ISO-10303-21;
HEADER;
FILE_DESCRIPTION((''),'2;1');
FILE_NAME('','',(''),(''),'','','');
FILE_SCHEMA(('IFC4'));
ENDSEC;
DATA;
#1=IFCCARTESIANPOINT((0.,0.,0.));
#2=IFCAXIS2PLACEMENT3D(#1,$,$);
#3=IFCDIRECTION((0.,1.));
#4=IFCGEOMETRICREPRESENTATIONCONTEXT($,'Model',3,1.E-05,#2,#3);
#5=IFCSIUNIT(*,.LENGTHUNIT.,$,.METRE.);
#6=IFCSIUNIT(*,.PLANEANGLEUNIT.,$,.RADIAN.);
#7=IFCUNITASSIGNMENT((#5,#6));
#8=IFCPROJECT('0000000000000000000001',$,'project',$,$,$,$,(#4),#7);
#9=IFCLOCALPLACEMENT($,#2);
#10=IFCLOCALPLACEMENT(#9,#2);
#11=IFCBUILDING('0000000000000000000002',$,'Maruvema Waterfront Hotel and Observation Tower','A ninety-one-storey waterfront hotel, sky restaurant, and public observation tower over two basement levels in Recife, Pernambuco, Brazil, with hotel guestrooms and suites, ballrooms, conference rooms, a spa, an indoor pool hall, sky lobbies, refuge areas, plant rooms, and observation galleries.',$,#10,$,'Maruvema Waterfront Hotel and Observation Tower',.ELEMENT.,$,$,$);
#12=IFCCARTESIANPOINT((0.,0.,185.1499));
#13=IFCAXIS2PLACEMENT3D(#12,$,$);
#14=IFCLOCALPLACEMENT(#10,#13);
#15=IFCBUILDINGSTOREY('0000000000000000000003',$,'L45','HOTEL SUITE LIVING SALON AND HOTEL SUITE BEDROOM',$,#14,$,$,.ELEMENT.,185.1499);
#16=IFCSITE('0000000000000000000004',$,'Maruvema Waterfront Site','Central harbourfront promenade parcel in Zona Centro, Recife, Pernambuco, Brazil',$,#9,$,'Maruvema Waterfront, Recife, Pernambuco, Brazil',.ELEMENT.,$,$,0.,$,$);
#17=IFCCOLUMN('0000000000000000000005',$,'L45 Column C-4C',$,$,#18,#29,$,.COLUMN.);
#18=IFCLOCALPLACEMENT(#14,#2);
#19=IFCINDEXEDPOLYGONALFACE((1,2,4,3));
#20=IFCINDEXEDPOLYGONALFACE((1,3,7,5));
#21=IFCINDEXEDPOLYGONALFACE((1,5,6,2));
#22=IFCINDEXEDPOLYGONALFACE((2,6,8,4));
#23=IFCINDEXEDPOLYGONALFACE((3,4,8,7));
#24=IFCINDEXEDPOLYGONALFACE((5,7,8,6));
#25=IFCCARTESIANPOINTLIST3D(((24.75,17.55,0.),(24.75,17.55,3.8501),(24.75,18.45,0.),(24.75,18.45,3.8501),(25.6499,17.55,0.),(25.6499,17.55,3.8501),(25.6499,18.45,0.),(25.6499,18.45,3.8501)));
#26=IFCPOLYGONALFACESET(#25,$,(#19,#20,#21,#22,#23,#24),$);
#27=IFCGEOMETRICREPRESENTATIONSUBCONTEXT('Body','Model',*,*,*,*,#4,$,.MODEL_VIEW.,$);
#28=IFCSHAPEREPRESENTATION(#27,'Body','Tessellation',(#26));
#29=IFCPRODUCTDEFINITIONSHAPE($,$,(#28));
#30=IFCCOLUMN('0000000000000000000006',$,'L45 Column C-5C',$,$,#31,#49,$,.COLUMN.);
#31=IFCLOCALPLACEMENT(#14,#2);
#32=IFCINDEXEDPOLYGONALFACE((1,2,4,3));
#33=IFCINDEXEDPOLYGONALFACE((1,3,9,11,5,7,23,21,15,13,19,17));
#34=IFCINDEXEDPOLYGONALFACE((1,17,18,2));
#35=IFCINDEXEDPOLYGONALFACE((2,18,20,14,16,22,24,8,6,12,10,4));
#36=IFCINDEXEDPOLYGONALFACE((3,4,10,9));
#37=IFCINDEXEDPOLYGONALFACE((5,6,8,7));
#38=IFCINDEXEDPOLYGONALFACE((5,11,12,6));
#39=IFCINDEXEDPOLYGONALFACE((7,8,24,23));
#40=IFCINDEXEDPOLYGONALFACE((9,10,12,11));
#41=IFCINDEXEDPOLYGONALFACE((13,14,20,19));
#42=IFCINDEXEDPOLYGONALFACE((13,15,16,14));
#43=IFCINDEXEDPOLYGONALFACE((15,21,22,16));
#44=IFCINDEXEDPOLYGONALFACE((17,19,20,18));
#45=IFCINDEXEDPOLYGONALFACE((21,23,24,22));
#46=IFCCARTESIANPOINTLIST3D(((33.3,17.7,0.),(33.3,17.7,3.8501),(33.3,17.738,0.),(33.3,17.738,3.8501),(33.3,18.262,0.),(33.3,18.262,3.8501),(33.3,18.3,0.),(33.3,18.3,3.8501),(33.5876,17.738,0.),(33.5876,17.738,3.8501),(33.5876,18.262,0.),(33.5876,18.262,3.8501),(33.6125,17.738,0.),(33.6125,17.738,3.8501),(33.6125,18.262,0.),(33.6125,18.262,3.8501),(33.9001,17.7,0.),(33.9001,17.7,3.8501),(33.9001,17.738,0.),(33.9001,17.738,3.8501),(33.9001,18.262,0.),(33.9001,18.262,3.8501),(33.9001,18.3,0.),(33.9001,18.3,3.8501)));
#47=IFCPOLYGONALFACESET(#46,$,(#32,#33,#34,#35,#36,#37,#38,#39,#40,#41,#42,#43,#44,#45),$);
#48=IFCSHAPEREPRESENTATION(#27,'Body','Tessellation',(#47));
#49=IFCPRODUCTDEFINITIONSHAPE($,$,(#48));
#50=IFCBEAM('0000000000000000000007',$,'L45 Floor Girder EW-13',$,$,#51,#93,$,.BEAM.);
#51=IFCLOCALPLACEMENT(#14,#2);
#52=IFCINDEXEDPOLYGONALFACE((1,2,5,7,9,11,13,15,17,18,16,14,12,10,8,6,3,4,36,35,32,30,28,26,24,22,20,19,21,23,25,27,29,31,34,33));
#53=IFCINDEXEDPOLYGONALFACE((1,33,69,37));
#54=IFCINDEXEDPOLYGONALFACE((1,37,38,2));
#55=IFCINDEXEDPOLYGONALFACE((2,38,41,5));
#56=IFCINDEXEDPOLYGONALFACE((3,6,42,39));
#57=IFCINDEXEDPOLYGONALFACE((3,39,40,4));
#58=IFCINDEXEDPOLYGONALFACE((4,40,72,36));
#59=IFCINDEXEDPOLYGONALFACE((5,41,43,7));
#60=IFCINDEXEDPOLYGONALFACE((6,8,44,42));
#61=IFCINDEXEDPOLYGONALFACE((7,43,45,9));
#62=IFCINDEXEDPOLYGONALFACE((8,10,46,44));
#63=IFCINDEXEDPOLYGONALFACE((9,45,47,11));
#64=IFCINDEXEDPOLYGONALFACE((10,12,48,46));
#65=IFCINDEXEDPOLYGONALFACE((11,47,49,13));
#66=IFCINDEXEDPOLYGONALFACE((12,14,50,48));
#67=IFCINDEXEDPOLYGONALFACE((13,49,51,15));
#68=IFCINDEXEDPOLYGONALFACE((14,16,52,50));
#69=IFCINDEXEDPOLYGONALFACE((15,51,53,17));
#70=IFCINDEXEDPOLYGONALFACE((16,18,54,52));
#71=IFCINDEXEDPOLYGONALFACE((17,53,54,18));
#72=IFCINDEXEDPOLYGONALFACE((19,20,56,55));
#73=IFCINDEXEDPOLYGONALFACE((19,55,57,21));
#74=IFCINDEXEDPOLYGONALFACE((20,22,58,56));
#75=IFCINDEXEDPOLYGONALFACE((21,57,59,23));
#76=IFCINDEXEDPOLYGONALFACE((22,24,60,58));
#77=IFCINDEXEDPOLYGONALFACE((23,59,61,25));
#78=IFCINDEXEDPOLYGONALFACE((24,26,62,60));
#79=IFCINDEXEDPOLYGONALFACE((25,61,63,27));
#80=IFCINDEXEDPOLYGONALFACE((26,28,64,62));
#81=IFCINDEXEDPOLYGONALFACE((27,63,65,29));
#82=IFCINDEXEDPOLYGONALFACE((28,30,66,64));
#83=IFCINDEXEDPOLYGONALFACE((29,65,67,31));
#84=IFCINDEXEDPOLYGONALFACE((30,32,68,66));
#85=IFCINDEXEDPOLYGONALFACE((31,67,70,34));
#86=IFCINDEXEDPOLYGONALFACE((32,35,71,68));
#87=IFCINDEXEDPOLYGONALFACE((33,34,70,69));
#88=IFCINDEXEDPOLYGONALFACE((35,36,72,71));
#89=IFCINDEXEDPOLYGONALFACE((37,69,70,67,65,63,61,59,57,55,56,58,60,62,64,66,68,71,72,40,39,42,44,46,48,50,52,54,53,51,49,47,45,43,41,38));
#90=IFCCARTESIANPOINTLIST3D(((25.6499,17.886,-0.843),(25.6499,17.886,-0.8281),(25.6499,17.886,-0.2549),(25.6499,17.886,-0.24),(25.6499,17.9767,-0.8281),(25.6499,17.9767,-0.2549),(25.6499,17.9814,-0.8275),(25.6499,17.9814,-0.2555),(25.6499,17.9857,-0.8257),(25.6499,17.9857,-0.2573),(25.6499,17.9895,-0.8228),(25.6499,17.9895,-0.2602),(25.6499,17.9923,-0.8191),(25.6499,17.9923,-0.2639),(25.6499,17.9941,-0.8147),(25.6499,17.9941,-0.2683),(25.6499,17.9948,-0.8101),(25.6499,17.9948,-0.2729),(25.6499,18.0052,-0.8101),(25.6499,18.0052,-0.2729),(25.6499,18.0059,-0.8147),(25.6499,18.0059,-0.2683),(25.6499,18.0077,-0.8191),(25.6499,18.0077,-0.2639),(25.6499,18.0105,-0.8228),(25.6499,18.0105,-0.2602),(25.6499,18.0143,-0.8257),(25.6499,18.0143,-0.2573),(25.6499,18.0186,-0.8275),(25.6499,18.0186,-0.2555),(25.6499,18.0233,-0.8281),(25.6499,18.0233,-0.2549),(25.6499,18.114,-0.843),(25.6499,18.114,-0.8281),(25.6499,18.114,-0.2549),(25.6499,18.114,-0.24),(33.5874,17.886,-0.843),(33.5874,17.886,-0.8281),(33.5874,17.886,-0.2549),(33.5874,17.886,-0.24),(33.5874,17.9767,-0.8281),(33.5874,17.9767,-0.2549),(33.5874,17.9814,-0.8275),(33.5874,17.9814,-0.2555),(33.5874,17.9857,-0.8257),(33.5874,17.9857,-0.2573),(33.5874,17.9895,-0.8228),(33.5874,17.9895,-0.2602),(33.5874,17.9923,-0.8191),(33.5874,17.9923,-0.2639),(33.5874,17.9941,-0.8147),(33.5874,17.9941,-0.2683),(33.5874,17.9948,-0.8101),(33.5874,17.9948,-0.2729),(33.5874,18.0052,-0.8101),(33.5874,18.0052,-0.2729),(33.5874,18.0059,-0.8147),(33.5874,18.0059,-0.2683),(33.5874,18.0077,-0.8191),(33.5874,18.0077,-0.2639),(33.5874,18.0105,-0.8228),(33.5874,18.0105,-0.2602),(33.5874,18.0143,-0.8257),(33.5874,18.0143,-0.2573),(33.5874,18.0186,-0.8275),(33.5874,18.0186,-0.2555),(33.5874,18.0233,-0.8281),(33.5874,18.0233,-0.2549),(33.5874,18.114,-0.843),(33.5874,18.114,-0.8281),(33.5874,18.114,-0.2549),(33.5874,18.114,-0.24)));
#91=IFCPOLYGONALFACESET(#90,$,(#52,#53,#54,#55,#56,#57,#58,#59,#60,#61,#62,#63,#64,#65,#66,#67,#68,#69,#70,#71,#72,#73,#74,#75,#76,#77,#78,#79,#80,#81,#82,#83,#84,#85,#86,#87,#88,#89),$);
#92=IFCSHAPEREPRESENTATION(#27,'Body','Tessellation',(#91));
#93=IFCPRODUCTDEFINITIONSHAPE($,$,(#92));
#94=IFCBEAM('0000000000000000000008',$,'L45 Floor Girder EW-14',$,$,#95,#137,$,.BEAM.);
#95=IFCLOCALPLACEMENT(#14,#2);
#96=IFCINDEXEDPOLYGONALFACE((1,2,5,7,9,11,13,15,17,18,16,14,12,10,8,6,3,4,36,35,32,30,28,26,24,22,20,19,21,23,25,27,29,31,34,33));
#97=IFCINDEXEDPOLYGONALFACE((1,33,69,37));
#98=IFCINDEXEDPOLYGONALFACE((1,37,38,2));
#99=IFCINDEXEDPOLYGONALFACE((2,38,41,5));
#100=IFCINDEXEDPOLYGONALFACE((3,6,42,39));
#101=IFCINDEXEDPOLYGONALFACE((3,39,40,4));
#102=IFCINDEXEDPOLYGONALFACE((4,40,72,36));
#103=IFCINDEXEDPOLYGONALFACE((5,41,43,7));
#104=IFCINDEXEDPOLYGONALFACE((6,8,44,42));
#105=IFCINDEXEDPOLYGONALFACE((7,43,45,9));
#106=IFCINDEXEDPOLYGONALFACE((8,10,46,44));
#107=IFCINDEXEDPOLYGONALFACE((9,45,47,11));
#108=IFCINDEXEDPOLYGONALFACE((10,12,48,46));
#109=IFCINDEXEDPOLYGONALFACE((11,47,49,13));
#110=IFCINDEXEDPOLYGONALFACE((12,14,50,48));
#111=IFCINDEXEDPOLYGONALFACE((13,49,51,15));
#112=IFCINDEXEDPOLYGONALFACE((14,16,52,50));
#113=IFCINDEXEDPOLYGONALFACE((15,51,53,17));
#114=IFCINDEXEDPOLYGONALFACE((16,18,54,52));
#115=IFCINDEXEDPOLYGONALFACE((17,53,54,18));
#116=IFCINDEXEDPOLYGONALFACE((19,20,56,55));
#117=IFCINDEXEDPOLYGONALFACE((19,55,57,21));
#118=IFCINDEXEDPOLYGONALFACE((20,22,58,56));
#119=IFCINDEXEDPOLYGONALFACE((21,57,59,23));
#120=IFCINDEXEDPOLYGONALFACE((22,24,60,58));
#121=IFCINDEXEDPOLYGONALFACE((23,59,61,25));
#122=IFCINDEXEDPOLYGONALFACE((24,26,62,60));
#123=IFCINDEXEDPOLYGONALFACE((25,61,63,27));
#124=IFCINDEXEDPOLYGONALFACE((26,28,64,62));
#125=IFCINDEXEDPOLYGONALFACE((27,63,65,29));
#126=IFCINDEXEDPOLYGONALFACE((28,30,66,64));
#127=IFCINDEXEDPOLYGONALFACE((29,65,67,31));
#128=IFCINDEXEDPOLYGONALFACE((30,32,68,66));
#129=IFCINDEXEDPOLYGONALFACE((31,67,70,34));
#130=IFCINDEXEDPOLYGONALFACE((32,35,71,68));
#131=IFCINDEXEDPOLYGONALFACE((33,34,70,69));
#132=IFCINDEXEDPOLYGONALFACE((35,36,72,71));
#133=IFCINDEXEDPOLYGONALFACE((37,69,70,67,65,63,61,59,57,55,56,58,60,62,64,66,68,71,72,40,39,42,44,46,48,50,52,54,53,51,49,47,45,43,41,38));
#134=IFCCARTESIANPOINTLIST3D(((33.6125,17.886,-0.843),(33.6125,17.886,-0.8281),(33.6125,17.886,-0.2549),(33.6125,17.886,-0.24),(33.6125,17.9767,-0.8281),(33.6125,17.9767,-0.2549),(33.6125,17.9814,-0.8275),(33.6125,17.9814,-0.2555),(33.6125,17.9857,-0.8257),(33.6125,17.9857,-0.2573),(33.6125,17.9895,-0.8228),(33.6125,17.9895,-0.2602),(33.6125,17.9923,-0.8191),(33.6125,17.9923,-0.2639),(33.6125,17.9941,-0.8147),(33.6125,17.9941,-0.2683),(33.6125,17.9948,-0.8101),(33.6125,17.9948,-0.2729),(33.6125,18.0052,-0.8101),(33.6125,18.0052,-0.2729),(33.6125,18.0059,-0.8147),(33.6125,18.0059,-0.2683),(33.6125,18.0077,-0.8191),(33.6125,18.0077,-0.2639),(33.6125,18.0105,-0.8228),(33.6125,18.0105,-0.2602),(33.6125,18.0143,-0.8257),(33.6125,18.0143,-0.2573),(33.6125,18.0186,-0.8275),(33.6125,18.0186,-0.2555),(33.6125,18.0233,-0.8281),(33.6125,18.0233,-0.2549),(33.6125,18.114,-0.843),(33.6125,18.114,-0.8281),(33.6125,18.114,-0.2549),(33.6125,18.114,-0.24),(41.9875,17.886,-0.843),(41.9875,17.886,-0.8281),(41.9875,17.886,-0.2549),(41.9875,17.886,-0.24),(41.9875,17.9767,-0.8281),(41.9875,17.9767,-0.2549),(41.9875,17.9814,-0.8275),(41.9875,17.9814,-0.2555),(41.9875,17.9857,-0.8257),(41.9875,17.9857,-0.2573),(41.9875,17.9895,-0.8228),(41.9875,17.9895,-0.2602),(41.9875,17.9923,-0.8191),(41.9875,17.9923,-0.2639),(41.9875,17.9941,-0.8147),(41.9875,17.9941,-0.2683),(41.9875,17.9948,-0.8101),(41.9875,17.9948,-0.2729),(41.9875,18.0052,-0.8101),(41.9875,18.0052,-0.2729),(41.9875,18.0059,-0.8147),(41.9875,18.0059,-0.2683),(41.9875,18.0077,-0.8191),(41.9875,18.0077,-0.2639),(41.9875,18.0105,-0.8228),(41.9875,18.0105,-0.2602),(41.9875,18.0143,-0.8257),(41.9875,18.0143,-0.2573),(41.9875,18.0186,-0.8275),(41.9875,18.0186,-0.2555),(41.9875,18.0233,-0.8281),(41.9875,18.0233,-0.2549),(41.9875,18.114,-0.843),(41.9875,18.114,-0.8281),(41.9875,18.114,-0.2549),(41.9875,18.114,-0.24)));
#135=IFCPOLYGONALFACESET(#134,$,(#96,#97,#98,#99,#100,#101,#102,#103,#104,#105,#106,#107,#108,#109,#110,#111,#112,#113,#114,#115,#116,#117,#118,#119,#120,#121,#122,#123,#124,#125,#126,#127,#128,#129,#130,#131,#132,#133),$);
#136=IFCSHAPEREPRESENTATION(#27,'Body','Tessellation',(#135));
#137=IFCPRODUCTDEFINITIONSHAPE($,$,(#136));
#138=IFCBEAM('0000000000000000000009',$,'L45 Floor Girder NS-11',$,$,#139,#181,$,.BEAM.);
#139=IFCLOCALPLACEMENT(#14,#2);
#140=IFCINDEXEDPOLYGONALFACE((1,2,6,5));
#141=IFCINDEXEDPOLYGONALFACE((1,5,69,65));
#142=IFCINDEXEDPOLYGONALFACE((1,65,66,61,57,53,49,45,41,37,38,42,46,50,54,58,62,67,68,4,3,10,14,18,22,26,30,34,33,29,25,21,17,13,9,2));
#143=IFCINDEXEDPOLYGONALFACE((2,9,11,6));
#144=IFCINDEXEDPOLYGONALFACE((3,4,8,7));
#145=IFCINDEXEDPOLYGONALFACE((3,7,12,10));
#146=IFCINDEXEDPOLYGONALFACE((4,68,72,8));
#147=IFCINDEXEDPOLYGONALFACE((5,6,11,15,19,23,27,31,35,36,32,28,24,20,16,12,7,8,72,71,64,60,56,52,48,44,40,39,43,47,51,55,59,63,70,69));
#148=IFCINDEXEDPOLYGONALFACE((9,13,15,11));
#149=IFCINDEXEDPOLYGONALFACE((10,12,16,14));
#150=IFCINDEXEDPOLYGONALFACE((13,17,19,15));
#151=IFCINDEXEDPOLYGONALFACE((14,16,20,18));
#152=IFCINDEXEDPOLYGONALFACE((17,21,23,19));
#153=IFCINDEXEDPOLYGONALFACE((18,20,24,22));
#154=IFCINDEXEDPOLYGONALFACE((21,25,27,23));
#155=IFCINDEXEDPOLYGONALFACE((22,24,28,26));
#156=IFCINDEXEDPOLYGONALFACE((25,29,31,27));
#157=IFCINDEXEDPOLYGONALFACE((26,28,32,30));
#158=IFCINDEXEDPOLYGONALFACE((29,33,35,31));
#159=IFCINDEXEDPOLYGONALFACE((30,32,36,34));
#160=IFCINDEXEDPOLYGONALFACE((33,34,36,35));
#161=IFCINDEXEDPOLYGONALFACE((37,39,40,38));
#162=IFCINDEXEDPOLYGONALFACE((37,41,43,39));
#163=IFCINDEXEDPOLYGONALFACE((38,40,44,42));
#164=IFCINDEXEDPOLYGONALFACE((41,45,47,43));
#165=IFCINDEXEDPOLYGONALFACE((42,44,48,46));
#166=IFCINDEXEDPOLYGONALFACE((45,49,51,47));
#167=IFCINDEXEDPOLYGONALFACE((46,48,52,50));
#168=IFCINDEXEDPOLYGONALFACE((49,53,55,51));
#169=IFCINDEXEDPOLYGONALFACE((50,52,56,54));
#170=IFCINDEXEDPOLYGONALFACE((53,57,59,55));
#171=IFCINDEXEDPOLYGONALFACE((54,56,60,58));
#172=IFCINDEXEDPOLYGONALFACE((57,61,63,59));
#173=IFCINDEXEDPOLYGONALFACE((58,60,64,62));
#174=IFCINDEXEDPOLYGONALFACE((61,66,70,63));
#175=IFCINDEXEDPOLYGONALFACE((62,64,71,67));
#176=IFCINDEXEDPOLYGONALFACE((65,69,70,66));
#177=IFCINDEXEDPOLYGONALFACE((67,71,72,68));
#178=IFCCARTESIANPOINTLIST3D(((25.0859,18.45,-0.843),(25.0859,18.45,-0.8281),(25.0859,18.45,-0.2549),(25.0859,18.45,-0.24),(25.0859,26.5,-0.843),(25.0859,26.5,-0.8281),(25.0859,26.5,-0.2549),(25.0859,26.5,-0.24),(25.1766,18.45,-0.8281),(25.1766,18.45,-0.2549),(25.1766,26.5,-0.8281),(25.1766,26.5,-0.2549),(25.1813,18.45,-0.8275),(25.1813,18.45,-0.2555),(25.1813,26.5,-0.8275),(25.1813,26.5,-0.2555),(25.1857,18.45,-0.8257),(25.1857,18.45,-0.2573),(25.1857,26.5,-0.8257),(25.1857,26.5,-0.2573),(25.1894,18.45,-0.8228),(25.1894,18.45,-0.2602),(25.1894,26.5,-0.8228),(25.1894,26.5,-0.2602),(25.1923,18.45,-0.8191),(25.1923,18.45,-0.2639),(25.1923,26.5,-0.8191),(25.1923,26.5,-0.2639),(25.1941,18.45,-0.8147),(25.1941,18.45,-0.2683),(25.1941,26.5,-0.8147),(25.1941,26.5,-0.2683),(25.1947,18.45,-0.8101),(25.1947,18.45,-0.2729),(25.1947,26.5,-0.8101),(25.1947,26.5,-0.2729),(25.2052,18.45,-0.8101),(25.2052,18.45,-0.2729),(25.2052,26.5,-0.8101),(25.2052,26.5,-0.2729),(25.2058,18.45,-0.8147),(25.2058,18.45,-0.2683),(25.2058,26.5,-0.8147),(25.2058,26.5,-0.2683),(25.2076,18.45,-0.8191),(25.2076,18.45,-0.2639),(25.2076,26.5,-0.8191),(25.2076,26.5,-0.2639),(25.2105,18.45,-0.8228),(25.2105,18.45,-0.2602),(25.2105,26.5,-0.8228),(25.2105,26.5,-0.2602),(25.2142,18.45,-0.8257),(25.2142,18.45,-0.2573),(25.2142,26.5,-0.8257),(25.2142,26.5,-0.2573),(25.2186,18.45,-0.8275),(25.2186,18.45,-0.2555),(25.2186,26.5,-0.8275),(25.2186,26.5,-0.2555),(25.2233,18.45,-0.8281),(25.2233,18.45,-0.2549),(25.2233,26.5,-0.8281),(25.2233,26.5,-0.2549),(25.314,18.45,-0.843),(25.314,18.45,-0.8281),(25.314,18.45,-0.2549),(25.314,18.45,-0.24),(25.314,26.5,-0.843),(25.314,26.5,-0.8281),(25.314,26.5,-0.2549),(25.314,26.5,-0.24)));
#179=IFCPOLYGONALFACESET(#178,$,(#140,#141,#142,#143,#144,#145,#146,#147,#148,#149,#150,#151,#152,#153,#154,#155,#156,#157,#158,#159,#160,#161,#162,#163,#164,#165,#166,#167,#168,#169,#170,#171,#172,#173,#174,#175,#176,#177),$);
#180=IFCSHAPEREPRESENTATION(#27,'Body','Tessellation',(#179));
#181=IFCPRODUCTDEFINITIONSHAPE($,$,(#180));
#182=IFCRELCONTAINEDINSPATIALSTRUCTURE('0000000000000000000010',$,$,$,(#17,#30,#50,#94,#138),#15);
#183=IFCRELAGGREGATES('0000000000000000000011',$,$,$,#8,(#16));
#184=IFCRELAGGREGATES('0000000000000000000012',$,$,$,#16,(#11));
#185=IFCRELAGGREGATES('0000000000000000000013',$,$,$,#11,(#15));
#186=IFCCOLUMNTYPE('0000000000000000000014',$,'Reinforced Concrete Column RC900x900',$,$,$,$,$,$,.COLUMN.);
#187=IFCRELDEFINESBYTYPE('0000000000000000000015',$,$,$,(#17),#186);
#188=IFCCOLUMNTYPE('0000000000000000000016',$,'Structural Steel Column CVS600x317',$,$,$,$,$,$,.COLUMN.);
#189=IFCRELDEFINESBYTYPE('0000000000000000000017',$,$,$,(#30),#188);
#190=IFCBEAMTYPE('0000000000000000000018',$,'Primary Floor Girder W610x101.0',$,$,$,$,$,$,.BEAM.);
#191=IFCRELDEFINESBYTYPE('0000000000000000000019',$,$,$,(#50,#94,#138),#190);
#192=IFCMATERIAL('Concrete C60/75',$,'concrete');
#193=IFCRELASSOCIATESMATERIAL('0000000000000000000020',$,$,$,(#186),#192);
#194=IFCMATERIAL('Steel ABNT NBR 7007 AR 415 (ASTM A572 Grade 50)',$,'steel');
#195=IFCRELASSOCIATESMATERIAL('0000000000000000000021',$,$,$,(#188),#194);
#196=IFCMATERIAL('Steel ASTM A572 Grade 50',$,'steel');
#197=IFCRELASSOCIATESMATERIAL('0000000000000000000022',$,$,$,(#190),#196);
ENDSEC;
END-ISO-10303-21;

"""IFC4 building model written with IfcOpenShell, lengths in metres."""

from ifc_helpers import new_model, si_unit, direction, frame, origin, origin_2d, place, context, subcontext, project, spatial, rectangle, i_section, extrude, material, material_profile, profile_set, type_object, element, save


model = new_model("IFC4")

# Units and contexts
model_context = context("Model", 3, precision=1e-05, world=origin(), true_north=direction((0.0, 1.0)))
body_context = subcontext(model_context, "Body", "Model", "MODEL_VIEW")
ifc_project = project(units=[si_unit("LENGTHUNIT", "METRE"), si_unit("PLANEANGLEUNIT", "RADIAN")], contexts=[model_context])

# Site, building, storey
site_placement = place(None, origin())
site = spatial("IfcSite", under=ifc_project, at=site_placement, Name="Maruvema Waterfront Site", Description="Central harbourfront promenade parcel in Zona Centro, Recife, Pernambuco, Brazil", LongName="Maruvema Waterfront, Recife, Pernambuco, Brazil", CompositionType="ELEMENT", RefElevation=0.0)
building_placement = place(site_placement, origin())
building = spatial("IfcBuilding", under=site, at=building_placement, Name="Maruvema Waterfront Hotel and Observation Tower", Description="A ninety-one-storey waterfront hotel, sky restaurant, and public observation tower over two basement levels in Recife, Pernambuco, Brazil, with hotel guestrooms and suites, ballrooms, conference rooms, a spa, an indoor pool hall, sky lobbies, refuge areas, plant rooms, and observation galleries.", LongName="Maruvema Waterfront Hotel and Observation Tower", CompositionType="ELEMENT")
storey_placement = place(building_placement, frame((0.0, 0.0, 185.1499)))
storey = spatial("IfcBuildingStorey", under=building, at=storey_placement, Name="L45", Description="HOTEL SUITE LIVING SALON AND HOTEL SUITE BEDROOM", CompositionType="ELEMENT", Elevation=185.1499)

# Columns
ifc_material_1 = material(Name="Concrete C60/75", Category="concrete")
ifc_material_profile_1 = material_profile(ifc_material_1, rectangle(XDim=0.8999, YDim=0.8999, at=origin_2d()), Name="RC900x900")
ifc_profile_set_1 = profile_set([ifc_material_profile_1], Name="Concrete C60/75")
column_type_1 = type_object("IfcColumnType", Name="Reinforced Concrete Column RC900x900", PredefinedType="COLUMN", material=ifc_profile_set_1)
column_1_placement = place(storey_placement, frame((25.2, 18.0, 0.0), z_axis=(0.0, 0.0, 1.0), x_axis=(1.0, 0.0, 0.0)))
element("IfcColumn", 1, at=column_1_placement, inside=storey, type_object=column_type_1, Name="L45 Column C-4C", PredefinedType="COLUMN", context=body_context, shape_type="SweptSolid", body=[
    extrude(rectangle(XDim=0.8999, YDim=0.8999, at=origin_2d()), origin(), (0.0, 0.0, 1.0), 3.8501),
])
ifc_material_2 = material(Name="Steel ABNT NBR 7007 AR 415 (ASTM A572 Grade 50)", Category="steel")
ifc_material_profile_2 = material_profile(ifc_material_2, i_section(OverallWidth=0.6001, OverallDepth=0.6001, WebThickness=0.0249, FlangeThickness=0.0381, at=origin_2d()), Name="CVS600x317")
ifc_profile_set_2 = profile_set([ifc_material_profile_2], Name="Steel ABNT NBR 7007 AR 415 (ASTM A572 Grade 50)")
column_type_2 = type_object("IfcColumnType", Name="Structural Steel Column CVS600x317", PredefinedType="COLUMN", material=ifc_profile_set_2)
column_2_placement = place(storey_placement, frame((33.6001, 18.0, 0.0), z_axis=(0.0, 0.0, 1.0), x_axis=(1.0, 0.0, 0.0)))
element("IfcColumn", 2, at=column_2_placement, inside=storey, type_object=column_type_2, Name="L45 Column C-5C", PredefinedType="COLUMN", context=body_context, shape_type="SweptSolid", body=[
    extrude(i_section(OverallWidth=0.6001, OverallDepth=0.6001, WebThickness=0.0249, FlangeThickness=0.0381, at=origin_2d()), origin(), (0.0, 0.0, 1.0), 3.8501),
])

# Beams
ifc_material_3 = material(Name="Steel ASTM A572 Grade 50", Category="steel")
ifc_material_profile_3 = material_profile(ifc_material_3, i_section(OverallWidth=0.228, OverallDepth=0.603, WebThickness=0.0105, FlangeThickness=0.0149, FilletRadius=0.0181, at=origin_2d()), Name="W610x101.0")
ifc_profile_set_3 = profile_set([ifc_material_profile_3], Name="Steel ASTM A572 Grade 50")
beam_type = type_object("IfcBeamType", Name="Primary Floor Girder W610x101.0", PredefinedType="BEAM", material=ifc_profile_set_3)
beam_1_placement = place(storey_placement, frame((25.6499, 18.0, -0.5415), z_axis=(1.0, 0.0, 0.0), x_axis=(0.0, 1.0, 0.0)))
element("IfcBeam", 3, at=beam_1_placement, inside=storey, type_object=beam_type, Name="L45 Floor Girder EW-13", PredefinedType="BEAM", context=body_context, shape_type="SweptSolid", body=[
    extrude(i_section(OverallWidth=0.228, OverallDepth=0.603, WebThickness=0.0105, FlangeThickness=0.0149, FilletRadius=0.0181, at=origin_2d()), origin(), (0.0, 0.0, 1.0), 7.9375),
])
beam_2_placement = place(storey_placement, frame((33.6125, 18.0, -0.5415), z_axis=(1.0, 0.0, 0.0), x_axis=(0.0, 1.0, 0.0)))
element("IfcBeam", 4, at=beam_2_placement, inside=storey, type_object=beam_type, Name="L45 Floor Girder EW-14", PredefinedType="BEAM", context=body_context, shape_type="SweptSolid", body=[
    extrude(i_section(OverallWidth=0.228, OverallDepth=0.603, WebThickness=0.0105, FlangeThickness=0.0149, FilletRadius=0.0181, at=origin_2d()), origin(), (0.0, 0.0, 1.0), 8.375),
])
beam_3_placement = place(storey_placement, frame((25.2, 18.45, -0.5415), z_axis=(0.0, 1.0, 0.0), x_axis=(-1.0, 0.0, 0.0)))
element("IfcBeam", 5, at=beam_3_placement, inside=storey, type_object=beam_type, Name="L45 Floor Girder NS-11", PredefinedType="BEAM", context=body_context, shape_type="SweptSolid", body=[
    extrude(i_section(OverallWidth=0.228, OverallDepth=0.603, WebThickness=0.0105, FlangeThickness=0.0149, FilletRadius=0.0181, at=origin_2d()), origin(), (0.0, 0.0, 1.0), 8.05),
])

save(model, "model.ifc")
